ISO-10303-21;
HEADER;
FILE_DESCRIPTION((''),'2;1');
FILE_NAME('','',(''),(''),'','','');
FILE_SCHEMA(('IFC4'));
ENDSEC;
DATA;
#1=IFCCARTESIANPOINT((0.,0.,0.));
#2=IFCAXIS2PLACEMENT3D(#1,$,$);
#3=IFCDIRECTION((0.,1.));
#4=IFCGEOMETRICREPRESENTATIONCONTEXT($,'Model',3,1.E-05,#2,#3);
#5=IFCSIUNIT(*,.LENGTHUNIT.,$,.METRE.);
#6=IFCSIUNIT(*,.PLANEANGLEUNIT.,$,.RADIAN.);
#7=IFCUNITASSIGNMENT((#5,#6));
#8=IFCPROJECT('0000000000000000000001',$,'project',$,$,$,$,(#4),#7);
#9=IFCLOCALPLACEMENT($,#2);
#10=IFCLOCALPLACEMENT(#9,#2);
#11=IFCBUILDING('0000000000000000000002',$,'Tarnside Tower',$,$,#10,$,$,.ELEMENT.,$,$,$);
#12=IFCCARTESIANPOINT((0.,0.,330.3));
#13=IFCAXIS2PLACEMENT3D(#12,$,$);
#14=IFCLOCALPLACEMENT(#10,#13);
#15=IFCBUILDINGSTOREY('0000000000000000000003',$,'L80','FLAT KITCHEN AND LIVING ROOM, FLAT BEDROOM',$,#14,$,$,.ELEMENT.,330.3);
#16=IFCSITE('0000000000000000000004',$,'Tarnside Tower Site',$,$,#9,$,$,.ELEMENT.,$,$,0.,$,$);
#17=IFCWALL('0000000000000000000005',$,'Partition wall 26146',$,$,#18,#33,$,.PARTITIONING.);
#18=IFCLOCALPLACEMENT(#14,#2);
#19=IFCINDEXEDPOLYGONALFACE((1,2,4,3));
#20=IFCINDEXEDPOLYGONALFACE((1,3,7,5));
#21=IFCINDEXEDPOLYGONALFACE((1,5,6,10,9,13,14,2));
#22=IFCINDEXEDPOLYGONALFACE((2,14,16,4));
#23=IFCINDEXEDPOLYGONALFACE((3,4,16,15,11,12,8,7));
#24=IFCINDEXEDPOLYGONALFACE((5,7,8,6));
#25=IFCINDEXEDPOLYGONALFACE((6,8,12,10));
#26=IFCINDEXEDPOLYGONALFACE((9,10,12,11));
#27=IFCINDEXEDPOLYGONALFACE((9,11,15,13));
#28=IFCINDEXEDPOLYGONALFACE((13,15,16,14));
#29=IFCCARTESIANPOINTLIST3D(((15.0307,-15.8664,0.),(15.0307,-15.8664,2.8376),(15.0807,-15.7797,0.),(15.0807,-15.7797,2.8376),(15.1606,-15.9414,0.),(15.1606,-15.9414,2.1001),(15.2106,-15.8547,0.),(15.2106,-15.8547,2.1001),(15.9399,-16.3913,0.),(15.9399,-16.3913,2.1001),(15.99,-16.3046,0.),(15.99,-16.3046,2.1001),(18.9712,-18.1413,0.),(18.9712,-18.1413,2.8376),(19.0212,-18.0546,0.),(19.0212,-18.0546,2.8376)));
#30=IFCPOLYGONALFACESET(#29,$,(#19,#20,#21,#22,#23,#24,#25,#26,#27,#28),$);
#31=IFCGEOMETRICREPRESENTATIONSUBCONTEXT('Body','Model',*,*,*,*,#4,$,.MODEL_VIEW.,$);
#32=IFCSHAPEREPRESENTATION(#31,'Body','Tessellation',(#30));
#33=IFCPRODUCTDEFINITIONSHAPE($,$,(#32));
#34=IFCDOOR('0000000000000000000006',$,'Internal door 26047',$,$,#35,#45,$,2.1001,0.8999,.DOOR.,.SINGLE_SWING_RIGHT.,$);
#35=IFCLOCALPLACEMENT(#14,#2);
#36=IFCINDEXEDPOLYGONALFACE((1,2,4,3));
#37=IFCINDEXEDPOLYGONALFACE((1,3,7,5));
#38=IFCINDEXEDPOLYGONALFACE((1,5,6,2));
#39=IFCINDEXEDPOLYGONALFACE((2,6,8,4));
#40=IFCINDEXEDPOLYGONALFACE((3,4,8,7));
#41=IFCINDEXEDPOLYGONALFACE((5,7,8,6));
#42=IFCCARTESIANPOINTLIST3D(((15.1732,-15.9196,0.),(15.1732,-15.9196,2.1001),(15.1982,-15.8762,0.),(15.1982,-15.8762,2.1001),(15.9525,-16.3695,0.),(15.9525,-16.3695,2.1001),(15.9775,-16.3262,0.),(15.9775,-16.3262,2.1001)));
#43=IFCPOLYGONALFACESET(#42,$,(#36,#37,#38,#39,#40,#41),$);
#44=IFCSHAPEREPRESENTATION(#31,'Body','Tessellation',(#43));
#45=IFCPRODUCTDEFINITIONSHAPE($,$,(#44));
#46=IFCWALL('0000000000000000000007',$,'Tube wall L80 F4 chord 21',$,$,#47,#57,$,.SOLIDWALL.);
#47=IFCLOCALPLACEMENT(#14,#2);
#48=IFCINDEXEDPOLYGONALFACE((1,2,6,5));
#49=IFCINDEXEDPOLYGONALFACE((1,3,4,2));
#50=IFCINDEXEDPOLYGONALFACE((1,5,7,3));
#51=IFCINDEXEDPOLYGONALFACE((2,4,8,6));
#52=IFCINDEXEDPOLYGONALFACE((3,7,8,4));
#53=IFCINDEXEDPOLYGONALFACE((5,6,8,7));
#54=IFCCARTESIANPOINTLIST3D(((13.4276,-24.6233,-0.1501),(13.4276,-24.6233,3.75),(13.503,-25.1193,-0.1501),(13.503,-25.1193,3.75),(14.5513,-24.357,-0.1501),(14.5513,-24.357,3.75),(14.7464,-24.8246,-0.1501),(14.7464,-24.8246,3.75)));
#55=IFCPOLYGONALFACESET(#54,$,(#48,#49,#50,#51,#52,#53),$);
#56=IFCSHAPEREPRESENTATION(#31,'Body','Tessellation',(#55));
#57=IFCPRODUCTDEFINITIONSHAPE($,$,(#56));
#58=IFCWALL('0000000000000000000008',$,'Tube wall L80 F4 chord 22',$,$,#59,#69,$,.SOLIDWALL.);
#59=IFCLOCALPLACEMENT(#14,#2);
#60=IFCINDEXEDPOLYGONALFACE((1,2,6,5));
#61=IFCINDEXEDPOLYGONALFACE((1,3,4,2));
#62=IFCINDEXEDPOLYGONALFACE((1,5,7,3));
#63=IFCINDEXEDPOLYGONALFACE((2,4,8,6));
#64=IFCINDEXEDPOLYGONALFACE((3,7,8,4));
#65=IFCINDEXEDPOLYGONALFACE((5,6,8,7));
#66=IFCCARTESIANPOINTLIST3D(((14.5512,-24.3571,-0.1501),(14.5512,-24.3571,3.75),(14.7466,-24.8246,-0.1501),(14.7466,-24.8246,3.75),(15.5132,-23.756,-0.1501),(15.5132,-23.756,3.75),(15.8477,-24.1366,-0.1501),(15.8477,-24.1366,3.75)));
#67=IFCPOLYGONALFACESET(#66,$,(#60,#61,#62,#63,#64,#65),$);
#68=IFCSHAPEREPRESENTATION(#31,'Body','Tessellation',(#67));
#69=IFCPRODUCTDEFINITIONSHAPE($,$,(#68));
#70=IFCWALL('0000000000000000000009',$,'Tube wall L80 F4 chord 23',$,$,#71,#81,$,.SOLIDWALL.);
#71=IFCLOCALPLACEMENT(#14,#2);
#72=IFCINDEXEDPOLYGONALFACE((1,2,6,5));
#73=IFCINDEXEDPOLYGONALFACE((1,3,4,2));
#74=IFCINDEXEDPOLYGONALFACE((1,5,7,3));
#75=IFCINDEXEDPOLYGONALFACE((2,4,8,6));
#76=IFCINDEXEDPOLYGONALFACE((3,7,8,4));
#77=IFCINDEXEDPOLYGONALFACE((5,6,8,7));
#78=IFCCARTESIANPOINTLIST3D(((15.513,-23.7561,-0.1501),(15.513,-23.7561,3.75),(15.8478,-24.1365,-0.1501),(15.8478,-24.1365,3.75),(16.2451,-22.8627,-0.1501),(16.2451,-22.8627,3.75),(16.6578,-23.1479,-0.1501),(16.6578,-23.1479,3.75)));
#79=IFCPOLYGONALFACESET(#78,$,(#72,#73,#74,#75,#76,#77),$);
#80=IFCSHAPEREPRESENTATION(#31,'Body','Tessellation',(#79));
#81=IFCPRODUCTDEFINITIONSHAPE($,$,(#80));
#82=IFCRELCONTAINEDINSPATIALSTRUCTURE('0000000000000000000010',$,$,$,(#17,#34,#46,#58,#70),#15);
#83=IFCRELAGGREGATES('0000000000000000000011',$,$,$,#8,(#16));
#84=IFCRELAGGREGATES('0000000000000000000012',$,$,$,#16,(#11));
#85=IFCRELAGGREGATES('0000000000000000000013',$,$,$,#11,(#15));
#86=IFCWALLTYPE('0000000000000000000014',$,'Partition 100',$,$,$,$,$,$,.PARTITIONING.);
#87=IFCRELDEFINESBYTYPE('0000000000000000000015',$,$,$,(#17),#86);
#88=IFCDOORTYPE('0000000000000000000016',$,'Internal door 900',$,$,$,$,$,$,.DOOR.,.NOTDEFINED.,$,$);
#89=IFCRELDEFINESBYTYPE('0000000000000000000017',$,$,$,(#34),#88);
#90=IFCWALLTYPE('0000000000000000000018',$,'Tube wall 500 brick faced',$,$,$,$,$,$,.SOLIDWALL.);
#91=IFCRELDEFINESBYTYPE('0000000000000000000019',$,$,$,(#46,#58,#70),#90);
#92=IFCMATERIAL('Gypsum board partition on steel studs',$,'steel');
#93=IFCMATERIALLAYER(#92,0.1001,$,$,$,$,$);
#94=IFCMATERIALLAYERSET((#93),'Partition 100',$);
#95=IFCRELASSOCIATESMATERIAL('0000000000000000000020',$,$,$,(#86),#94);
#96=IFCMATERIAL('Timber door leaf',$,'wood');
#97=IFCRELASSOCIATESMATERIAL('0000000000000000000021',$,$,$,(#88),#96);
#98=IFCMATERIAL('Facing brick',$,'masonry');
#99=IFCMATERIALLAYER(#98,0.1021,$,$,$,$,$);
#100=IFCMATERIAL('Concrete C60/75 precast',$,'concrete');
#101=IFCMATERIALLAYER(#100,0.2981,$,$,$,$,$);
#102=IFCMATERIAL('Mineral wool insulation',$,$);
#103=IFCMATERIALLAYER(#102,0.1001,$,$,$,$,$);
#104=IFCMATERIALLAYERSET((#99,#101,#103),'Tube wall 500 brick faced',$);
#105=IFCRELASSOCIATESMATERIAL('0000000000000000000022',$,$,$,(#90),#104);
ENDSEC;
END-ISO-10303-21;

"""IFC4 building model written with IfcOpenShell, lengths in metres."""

from ifc_helpers import new_model, si_unit, direction, frame, frame_2d, origin, place, context, subcontext, project, spatial, polyline, rectangle, outline, extrude, material, layer, layer_set, type_object, element, fill, save


model = new_model("IFC4")

# Units and contexts
model_context = context("Model", 3, precision=1e-05, world=origin(), true_north=direction((0.0, 1.0)))
body_context = subcontext(model_context, "Body", "Model", "MODEL_VIEW")
ifc_project = project(units=[si_unit("LENGTHUNIT", "METRE"), si_unit("PLANEANGLEUNIT", "RADIAN")], contexts=[model_context])

# Site, building, storey
site_placement = place(None, origin())
site = spatial("IfcSite", under=ifc_project, at=site_placement, Name="Tarnside Tower Site", CompositionType="ELEMENT", RefElevation=0.0)
building_placement = place(site_placement, origin())
building = spatial("IfcBuilding", under=site, at=building_placement, Name="Tarnside Tower", CompositionType="ELEMENT")
storey_placement = place(building_placement, frame((0.0, 0.0, 330.3)))
storey = spatial("IfcBuildingStorey", under=building, at=storey_placement, Name="L80", Description="FLAT KITCHEN AND LIVING ROOM, FLAT BEDROOM", CompositionType="ELEMENT", Elevation=330.3)

# Shared definitions
ifc_material_1 = material(Name="Gypsum board partition on steel studs", Category="steel")
ifc_material_2 = material(Name="Timber door leaf", Category="wood")

# Wall, opening, door
ifc_layer_1 = layer(ifc_material_1, 0.1001)
ifc_layer_set_1 = layer_set([ifc_layer_1], Name="Partition 100")
wall_type_1 = type_object("IfcWallType", Name="Partition 100", PredefinedType="PARTITIONING", material=ifc_layer_set_1)
door_type_1 = type_object("IfcDoorType", Name="Internal door 900", OperationType="NOTDEFINED", PredefinedType="DOOR", material=ifc_material_2)
wall_1_placement = place(storey_placement, frame((18.9961, -18.0979, 0.0), z_axis=(0.0, 0.0, 1.0), x_axis=(-0.866035, 0.499983, 0.0)))
wall_1 = element("IfcWall", 1, at=wall_1_placement, inside=storey, type_object=wall_type_1, Name="Partition wall 26146", PredefinedType="PARTITIONING", context=body_context, shape_type="SweptSolid", body=[
    extrude(rectangle(XDim=4.55, YDim=0.1001, at=frame_2d((2.2749, 0.0))), origin(), (0.0, 0.0, 1.0), 2.8376),
])
opening_1_placement = place(wall_1_placement, frame((3.5, 0.0, 0.0)))
opening_1 = element("IfcOpeningElement", 2, at=opening_1_placement, cuts=wall_1, PredefinedType="OPENING", context=body_context, shape_type="SweptSolid", body=[
    extrude(rectangle(XDim=0.8999, YDim=2.1001, at=frame_2d((0.45, 1.05))), frame((0.0, 0.0601, 0.0), z_axis=(0.0, -1.0, 0.0), x_axis=(1.0, 0.0, 0.0)), (0.0, 0.0, 1.0), 0.1201),
])
door_1_placement = place(opening_1_placement, origin())
door_1 = element("IfcDoor", 3, at=door_1_placement, inside=storey, type_object=door_type_1, Name="Internal door 26047", OperationType="SINGLE_SWING_RIGHT", OverallHeight=2.1001, OverallWidth=0.8999, PredefinedType="DOOR", context=body_context, shape_type="SweptSolid", body=[
    extrude(rectangle(XDim=0.8999, YDim=2.1001, at=frame_2d((0.45, 1.05))), frame((0.0, 0.0249, 0.0), z_axis=(0.0, -1.0, 0.0), x_axis=(1.0, 0.0, 0.0)), (0.0, 0.0, 1.0), 0.05),
])
fill(opening_1, door_1)

# Walls
ifc_material_3 = material(Name="Facing brick", Category="masonry")
ifc_layer_2 = layer(ifc_material_3, 0.1021)
ifc_material_4 = material(Name="Concrete C60/75 precast", Category="concrete")
ifc_layer_3 = layer(ifc_material_4, 0.2981)
ifc_material_5 = material(Name="Mineral wool insulation")
ifc_layer_4 = layer(ifc_material_5, 0.1001)
ifc_layer_set_2 = layer_set([ifc_layer_2, ifc_layer_3, ifc_layer_4], Name="Tube wall 500 brick faced")
wall_type_2 = type_object("IfcWallType", Name="Tube wall 500 brick faced", PredefinedType="SOLIDWALL", material=ifc_layer_set_2)
wall_2_placement = place(storey_placement, frame((13.4653, -24.8713, -0.1501), z_axis=(0.0, 0.0, 1.0), x_axis=(0.973045, 0.230616, 0.0)))
element("IfcWall", 4, at=wall_2_placement, inside=storey, type_object=wall_type_2, Name="Tube wall L80 F4 chord 21", PredefinedType="SOLIDWALL", context=body_context, shape_type="SweptSolid", body=[
    extrude(outline(polyline([(-0.0205, -0.25), (1.2573, -0.25), (1.1753, 0.25), (0.0205, 0.25), (-0.0205, -0.25)])), origin(), (0.0, 0.0, 1.0), 3.9001),
])
wall_3_placement = place(storey_placement, frame((14.6489, -24.5908, -0.1501), z_axis=(0.0, 0.0, 1.0), x_axis=(0.848055, 0.529909, 0.0)))
element("IfcWall", 5, at=wall_3_placement, inside=storey, type_object=wall_type_2, Name="Tube wall L80 F4 chord 22", PredefinedType="SOLIDWALL", context=body_context, shape_type="SweptSolid", body=[
    extrude(outline(polyline([(-0.041, -0.25), (1.2573, -0.25), (1.1753, 0.25), (0.041, 0.25), (-0.041, -0.25)])), origin(), (0.0, 0.0, 1.0), 3.9001),
])
wall_4_placement = place(storey_placement, frame((15.6804, -23.9463, -0.1501), z_axis=(0.0, 0.0, 1.0), x_axis=(0.633806, 0.773492, 0.0)))
element("IfcWall", 6, at=wall_4_placement, inside=storey, type_object=wall_type_2, Name="Tube wall L80 F4 chord 23", PredefinedType="SOLIDWALL", context=body_context, shape_type="SweptSolid", body=[
    extrude(outline(polyline([(-0.041, -0.25), (1.2371, -0.25), (1.196, 0.25), (0.041, 0.25), (-0.041, -0.25)])), origin(), (0.0, 0.0, 1.0), 3.9001),
])

save(model, "model.ifc")
